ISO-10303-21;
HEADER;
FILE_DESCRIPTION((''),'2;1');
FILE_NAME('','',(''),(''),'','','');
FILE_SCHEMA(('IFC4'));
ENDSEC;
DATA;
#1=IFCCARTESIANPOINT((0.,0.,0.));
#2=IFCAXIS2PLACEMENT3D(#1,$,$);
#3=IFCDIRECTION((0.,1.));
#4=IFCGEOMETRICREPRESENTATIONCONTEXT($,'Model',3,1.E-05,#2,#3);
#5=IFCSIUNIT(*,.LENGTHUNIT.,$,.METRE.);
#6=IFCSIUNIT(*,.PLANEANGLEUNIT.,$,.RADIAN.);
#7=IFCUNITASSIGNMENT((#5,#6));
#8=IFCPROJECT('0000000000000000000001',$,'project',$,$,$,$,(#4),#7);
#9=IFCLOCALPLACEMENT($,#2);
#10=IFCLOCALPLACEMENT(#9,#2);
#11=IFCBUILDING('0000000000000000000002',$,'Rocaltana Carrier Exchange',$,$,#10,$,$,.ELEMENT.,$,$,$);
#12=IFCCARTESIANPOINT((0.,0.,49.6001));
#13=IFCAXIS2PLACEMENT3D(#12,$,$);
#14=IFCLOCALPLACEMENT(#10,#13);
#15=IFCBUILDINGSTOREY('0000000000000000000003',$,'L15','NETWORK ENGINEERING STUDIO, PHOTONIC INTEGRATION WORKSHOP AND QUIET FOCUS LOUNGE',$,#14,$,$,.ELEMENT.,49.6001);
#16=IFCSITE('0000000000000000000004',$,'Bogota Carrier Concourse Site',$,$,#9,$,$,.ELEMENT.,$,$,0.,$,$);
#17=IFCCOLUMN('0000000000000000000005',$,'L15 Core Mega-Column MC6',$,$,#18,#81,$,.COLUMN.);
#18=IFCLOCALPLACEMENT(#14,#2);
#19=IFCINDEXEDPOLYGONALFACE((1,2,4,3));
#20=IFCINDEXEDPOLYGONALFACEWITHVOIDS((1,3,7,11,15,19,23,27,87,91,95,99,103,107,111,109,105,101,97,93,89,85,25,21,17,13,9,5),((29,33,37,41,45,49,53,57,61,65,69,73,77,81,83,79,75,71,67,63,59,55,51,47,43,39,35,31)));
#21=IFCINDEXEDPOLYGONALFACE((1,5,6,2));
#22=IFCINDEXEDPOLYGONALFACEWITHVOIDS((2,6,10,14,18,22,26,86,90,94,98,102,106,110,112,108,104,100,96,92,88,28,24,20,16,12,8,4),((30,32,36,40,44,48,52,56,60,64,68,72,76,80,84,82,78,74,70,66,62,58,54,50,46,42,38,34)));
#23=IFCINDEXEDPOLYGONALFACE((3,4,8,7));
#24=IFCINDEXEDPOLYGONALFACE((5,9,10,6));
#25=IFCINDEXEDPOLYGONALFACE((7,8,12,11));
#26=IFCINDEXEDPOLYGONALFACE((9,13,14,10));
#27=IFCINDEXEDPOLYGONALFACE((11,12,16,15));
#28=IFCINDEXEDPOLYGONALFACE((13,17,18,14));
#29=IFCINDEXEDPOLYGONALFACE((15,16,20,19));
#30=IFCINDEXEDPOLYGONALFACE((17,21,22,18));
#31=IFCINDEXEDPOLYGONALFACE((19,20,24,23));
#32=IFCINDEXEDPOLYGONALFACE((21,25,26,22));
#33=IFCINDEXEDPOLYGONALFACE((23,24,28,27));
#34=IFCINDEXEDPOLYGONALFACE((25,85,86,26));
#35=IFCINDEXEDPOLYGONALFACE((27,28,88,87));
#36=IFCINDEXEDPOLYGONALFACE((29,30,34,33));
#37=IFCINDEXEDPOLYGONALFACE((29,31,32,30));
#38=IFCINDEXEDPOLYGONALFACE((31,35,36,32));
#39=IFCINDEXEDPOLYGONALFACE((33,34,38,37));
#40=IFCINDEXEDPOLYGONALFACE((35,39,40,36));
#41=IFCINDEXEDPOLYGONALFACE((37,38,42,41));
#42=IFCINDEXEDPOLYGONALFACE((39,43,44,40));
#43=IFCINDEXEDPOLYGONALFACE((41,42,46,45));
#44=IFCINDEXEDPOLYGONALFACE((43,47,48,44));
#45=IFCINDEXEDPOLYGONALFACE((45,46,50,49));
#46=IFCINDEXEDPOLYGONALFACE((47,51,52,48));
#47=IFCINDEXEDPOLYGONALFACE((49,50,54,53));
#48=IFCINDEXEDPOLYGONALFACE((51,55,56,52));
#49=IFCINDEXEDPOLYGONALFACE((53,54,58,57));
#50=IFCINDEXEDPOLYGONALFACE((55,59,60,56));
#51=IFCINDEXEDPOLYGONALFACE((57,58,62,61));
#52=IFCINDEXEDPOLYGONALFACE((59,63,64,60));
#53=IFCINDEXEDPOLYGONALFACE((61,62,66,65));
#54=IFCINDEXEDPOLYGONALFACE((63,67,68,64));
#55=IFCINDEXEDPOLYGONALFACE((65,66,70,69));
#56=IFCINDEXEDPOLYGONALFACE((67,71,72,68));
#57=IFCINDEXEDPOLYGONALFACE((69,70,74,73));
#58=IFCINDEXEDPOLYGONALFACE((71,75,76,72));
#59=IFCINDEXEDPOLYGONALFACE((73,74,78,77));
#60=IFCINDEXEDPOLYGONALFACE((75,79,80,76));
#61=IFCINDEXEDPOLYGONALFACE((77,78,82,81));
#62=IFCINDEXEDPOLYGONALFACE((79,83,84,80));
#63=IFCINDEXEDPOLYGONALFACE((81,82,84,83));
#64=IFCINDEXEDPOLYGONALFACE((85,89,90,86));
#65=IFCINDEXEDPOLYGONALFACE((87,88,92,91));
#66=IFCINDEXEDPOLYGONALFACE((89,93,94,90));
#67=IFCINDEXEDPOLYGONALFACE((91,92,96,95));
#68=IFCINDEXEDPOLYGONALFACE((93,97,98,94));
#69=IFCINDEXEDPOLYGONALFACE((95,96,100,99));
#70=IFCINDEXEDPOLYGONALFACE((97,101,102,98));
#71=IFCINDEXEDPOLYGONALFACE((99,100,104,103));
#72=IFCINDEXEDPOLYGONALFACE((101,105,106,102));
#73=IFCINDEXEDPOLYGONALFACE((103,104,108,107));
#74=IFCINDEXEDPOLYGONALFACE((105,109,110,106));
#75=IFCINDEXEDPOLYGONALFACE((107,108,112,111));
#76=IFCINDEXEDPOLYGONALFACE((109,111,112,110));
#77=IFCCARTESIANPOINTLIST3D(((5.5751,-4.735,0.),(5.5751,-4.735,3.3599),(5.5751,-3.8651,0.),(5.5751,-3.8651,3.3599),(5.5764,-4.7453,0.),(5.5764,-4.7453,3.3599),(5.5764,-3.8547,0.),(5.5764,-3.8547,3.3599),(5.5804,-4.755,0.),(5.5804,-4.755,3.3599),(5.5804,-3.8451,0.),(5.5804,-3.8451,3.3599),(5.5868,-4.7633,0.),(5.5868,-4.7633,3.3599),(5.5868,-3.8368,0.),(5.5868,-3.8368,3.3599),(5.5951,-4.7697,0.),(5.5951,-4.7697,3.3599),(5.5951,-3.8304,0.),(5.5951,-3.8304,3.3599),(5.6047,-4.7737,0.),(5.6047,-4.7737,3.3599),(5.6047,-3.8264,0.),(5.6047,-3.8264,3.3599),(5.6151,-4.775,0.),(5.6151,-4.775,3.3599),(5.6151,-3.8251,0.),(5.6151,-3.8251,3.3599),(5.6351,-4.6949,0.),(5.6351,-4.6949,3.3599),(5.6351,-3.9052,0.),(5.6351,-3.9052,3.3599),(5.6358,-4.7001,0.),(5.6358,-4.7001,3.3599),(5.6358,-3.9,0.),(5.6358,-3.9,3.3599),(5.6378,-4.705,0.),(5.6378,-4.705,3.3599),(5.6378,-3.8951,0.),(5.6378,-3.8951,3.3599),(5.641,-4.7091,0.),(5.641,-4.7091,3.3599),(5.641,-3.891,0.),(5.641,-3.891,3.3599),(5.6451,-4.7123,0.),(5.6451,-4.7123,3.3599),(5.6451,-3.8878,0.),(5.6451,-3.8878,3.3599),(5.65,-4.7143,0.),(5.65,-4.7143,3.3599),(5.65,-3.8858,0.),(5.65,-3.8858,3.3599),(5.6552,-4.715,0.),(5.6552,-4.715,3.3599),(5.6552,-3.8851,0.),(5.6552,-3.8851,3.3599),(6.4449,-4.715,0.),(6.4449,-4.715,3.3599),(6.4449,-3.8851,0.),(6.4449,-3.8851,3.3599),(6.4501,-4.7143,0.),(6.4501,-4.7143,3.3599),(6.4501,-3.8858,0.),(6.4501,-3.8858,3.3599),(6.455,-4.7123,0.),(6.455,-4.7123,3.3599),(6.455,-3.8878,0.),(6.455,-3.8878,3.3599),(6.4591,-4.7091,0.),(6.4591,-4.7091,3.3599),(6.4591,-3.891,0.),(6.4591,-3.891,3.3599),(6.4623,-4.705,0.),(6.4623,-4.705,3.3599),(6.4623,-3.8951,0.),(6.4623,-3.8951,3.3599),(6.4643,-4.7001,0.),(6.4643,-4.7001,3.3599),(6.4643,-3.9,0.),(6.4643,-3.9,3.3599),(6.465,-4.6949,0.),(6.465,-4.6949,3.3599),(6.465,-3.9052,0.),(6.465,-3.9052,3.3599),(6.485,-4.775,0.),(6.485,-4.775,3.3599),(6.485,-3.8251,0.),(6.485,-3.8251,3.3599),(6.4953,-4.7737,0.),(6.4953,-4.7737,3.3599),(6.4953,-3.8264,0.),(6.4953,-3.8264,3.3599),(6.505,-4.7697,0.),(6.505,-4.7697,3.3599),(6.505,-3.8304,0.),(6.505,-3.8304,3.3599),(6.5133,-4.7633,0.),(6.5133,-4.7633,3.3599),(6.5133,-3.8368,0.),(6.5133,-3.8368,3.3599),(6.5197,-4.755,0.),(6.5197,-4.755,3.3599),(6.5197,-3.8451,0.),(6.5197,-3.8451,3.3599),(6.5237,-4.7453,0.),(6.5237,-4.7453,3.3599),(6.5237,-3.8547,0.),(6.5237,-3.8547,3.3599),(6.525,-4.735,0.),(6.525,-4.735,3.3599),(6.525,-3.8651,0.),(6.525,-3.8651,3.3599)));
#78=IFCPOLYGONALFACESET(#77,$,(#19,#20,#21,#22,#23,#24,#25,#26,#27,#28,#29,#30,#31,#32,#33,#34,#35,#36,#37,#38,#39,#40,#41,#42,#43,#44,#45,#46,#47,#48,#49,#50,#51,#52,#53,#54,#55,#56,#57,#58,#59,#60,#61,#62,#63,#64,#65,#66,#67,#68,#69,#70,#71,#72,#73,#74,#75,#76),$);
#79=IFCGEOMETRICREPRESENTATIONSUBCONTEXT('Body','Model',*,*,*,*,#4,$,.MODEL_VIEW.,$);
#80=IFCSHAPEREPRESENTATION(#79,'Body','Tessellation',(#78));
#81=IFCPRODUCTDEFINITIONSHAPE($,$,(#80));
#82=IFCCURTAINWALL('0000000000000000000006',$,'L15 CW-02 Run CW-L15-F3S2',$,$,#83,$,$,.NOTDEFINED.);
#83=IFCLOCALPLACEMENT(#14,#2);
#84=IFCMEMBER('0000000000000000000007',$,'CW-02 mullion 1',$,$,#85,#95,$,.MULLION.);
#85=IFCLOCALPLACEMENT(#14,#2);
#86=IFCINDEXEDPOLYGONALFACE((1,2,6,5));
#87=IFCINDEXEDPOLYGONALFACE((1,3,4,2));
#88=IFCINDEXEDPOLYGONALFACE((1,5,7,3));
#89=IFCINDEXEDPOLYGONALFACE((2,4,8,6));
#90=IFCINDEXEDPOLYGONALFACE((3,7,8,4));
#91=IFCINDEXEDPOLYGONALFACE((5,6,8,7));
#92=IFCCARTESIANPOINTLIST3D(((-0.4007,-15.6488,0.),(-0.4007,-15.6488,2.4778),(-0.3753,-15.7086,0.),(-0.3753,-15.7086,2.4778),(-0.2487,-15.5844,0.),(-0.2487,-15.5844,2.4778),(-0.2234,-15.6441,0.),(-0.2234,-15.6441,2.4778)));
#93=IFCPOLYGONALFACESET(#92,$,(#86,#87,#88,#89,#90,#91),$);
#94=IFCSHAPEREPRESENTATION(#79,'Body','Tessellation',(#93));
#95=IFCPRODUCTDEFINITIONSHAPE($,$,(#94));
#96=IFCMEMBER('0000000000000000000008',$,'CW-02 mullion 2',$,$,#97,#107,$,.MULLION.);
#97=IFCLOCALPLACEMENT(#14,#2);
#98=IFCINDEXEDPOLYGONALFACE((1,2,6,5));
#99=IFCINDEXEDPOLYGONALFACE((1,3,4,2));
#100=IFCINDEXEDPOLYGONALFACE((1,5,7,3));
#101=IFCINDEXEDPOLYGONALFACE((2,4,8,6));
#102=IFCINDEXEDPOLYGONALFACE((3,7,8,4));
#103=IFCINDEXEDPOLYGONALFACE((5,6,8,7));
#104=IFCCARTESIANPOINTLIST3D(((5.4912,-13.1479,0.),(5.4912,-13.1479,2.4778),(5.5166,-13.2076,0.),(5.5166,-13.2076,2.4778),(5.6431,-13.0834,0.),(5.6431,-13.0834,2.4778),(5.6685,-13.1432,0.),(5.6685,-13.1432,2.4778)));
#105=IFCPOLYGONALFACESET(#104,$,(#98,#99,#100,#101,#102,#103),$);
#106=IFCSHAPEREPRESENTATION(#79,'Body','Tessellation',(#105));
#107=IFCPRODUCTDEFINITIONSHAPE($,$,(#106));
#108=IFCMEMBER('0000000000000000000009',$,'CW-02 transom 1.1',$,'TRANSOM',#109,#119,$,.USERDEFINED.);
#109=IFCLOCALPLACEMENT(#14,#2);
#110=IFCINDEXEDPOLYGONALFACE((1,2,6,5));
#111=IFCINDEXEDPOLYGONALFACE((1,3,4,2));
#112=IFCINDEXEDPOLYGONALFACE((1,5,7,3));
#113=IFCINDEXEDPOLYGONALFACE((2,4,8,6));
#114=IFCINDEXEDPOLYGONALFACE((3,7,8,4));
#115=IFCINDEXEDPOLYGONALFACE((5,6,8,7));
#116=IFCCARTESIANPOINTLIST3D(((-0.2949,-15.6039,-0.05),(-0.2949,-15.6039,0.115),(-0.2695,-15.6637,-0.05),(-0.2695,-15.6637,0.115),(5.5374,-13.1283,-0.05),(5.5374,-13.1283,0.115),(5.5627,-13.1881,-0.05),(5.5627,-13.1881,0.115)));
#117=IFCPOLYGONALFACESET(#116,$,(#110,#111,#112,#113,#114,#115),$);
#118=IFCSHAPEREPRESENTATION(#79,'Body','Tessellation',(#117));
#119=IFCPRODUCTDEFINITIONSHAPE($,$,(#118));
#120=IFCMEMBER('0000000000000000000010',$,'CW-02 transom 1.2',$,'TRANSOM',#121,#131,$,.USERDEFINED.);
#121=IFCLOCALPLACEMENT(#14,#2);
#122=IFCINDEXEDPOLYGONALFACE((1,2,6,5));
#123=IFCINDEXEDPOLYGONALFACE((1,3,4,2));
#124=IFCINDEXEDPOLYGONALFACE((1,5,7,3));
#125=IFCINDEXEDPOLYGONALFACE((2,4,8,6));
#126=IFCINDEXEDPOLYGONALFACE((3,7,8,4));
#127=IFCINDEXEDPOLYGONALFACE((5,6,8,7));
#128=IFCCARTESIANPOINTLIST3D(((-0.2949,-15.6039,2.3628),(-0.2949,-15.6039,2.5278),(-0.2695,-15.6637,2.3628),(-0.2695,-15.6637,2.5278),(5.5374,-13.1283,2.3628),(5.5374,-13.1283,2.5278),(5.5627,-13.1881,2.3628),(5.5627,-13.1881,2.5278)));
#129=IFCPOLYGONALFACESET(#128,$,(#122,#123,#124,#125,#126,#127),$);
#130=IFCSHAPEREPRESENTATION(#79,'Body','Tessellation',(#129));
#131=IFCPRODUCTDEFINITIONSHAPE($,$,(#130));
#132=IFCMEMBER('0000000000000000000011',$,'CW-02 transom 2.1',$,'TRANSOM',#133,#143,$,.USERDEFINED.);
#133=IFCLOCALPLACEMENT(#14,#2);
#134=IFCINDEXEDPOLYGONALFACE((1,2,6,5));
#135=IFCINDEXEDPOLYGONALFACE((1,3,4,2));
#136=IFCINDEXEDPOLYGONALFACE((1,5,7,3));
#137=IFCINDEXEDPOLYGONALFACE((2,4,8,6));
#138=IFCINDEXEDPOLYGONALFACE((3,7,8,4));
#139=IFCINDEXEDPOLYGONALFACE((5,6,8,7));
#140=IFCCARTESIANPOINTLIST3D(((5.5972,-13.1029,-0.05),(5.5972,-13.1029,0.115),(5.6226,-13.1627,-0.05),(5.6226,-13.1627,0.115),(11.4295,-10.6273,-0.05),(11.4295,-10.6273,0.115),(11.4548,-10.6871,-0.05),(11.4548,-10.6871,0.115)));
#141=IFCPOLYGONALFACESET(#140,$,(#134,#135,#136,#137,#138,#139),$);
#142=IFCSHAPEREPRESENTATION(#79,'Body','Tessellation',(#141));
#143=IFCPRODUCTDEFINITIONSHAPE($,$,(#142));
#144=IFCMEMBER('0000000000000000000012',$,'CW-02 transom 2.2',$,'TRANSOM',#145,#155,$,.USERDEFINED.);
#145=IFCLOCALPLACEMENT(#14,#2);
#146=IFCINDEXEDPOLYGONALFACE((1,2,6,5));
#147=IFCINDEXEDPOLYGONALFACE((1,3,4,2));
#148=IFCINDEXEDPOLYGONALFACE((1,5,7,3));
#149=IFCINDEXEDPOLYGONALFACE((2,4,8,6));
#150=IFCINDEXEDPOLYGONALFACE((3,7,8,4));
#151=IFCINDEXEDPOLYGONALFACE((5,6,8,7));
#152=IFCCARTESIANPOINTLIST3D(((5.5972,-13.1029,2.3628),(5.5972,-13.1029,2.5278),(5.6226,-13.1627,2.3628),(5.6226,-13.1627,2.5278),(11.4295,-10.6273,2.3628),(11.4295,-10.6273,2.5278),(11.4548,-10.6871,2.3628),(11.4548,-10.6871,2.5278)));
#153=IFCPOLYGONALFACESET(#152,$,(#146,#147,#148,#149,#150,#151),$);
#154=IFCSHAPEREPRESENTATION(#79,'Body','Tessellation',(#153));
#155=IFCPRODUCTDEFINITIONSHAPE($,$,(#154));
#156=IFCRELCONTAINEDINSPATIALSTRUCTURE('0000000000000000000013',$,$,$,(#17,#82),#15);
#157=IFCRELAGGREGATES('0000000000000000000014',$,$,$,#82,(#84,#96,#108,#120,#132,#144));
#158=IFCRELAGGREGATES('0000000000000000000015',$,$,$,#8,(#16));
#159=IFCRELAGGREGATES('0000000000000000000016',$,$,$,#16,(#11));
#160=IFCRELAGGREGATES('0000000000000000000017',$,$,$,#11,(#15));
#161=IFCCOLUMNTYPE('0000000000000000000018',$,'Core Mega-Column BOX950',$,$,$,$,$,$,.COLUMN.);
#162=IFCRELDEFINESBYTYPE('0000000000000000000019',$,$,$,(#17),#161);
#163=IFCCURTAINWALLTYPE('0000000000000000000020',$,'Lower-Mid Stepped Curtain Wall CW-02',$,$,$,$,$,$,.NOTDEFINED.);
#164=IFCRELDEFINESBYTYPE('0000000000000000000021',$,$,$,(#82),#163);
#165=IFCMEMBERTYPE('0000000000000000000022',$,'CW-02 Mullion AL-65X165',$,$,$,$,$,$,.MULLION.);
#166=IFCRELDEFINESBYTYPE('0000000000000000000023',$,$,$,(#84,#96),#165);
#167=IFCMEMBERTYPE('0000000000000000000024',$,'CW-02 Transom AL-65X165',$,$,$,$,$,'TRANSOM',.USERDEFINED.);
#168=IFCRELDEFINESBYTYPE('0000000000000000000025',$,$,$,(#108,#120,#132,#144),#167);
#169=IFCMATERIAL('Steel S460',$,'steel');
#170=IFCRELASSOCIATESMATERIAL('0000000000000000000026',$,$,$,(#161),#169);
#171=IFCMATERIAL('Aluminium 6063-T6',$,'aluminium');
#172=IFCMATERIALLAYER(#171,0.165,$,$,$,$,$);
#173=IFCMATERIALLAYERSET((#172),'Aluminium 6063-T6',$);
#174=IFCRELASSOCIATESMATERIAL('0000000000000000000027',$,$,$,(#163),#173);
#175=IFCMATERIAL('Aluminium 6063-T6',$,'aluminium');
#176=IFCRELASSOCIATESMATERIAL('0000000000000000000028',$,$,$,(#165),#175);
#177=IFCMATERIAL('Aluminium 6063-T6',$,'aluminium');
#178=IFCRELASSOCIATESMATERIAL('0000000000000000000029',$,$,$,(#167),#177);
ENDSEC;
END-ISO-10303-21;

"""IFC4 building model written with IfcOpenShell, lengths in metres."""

from ifc_helpers import new_model, si_unit, direction, frame, origin, origin_2d, place, context, subcontext, project, spatial, rectangle, hollow_rectangle, extrude, material, layer, layer_set, material_profile, profile_set, type_object, element, aggregate, save


model = new_model("IFC4")

# Units and contexts
model_context = context("Model", 3, precision=1e-05, world=origin(), true_north=direction((0.0, 1.0)))
body_context = subcontext(model_context, "Body", "Model", "MODEL_VIEW")
ifc_project = project(units=[si_unit("LENGTHUNIT", "METRE"), si_unit("PLANEANGLEUNIT", "RADIAN")], contexts=[model_context])

# Site, building, storey
site_placement = place(None, origin())
site = spatial("IfcSite", under=ifc_project, at=site_placement, Name="Bogota Carrier Concourse Site", CompositionType="ELEMENT", RefElevation=0.0)
building_placement = place(site_placement, origin())
building = spatial("IfcBuilding", under=site, at=building_placement, Name="Rocaltana Carrier Exchange", CompositionType="ELEMENT")
storey_placement = place(building_placement, frame((0.0, 0.0, 49.6001)))
storey = spatial("IfcBuildingStorey", under=building, at=storey_placement, Name="L15", Description="NETWORK ENGINEERING STUDIO, PHOTONIC INTEGRATION WORKSHOP AND QUIET FOCUS LOUNGE", CompositionType="ELEMENT", Elevation=49.6001)

# Column
ifc_material_1 = material(Name="Steel S460", Category="steel")
ifc_material_profile_1 = material_profile(ifc_material_1, hollow_rectangle(XDim=0.95, YDim=0.95, WallThickness=0.0601, InnerFilletRadius=0.02, OuterFilletRadius=0.04, at=origin_2d()), Name="BOX950X950X60")
ifc_profile_set_1 = profile_set([ifc_material_profile_1], Name="Steel S460")
column_type = type_object("IfcColumnType", Name="Core Mega-Column BOX950", PredefinedType="COLUMN", material=ifc_profile_set_1)
column_placement = place(storey_placement, frame((6.05, -4.3, 0.0), z_axis=(0.0, 0.0, 1.0), x_axis=(1.0, 0.0, 0.0)))
element("IfcColumn", 1, at=column_placement, inside=storey, type_object=column_type, Name="L15 Core Mega-Column MC6", PredefinedType="COLUMN", context=body_context, shape_type="SweptSolid", body=[
    extrude(hollow_rectangle(XDim=0.95, YDim=0.95, WallThickness=0.0601, InnerFilletRadius=0.02, OuterFilletRadius=0.04, at=origin_2d()), origin(), (0.0, 0.0, 1.0), 3.3599),
])

# Curtain wall, members
ifc_material_2 = material(Name="Aluminium 6063-T6", Category="aluminium")
ifc_layer_1 = layer(ifc_material_2, 0.165)
ifc_layer_set_1 = layer_set([ifc_layer_1], Name="Aluminium 6063-T6")
curtain_wall_type = type_object("IfcCurtainWallType", Name="Lower-Mid Stepped Curtain Wall CW-02", PredefinedType="NOTDEFINED", material=ifc_layer_set_1)
curtain_wall_placement = place(storey_placement, origin())
curtain_wall = element("IfcCurtainWall", 2, at=curtain_wall_placement, inside=storey, type_object=curtain_wall_type, Name="L15 CW-02 Run CW-L15-F3S2", PredefinedType="NOTDEFINED")
ifc_material_3 = material(Name="Aluminium 6063-T6", Category="aluminium")
ifc_material_profile_2 = material_profile(ifc_material_3, rectangle(XDim=0.0649, YDim=0.165, at=origin_2d()), Name="AL-65X165")
ifc_profile_set_2 = profile_set([ifc_material_profile_2], Name="Aluminium 6063-T6")
member_type_1 = type_object("IfcMemberType", Name="CW-02 Mullion AL-65X165", PredefinedType="MULLION", material=ifc_profile_set_2)
member_1_placement = place(storey_placement, frame((-0.312, -15.6465, 0.0), z_axis=(0.0, 0.0, 1.0), x_axis=(-0.390729, 0.920506, 0.0)))
member_1 = element("IfcMember", 3, at=member_1_placement, type_object=member_type_1, Name="CW-02 mullion 1", PredefinedType="MULLION", context=body_context, shape_type="SweptSolid", body=[
    extrude(rectangle(XDim=0.0649, YDim=0.165, at=origin_2d()), origin(), (0.0, 0.0, 1.0), 2.4778),
])
member_2_placement = place(storey_placement, frame((5.5798, -13.1455, 0.0), z_axis=(0.0, 0.0, 1.0), x_axis=(-0.390729, 0.920506, 0.0)))
member_2 = element("IfcMember", 4, at=member_2_placement, type_object=member_type_1, Name="CW-02 mullion 2", PredefinedType="MULLION", context=body_context, shape_type="SweptSolid", body=[
    extrude(rectangle(XDim=0.0649, YDim=0.165, at=origin_2d()), origin(), (0.0, 0.0, 1.0), 2.4778),
])
ifc_material_4 = material(Name="Aluminium 6063-T6", Category="aluminium")
ifc_material_profile_3 = material_profile(ifc_material_4, rectangle(XDim=0.0649, YDim=0.165, at=origin_2d()), Name="AL-65X165")
ifc_profile_set_3 = profile_set([ifc_material_profile_3], Name="Aluminium 6063-T6")
member_type_2 = type_object("IfcMemberType", Name="CW-02 Transom AL-65X165", ElementType="TRANSOM", PredefinedType="USERDEFINED", material=ifc_profile_set_3)
member_3_placement = place(storey_placement, frame((-0.2822, -15.6338, 0.0325), z_axis=(0.920509, 0.390722, 0.0), x_axis=(-0.390722, 0.920509, 0.0)))
member_3 = element("IfcMember", 5, at=member_3_placement, type_object=member_type_2, Name="CW-02 transom 1.1", ObjectType="TRANSOM", PredefinedType="USERDEFINED", context=body_context, shape_type="SweptSolid", body=[
    extrude(rectangle(XDim=0.0649, YDim=0.165, at=origin_2d()), origin(), (0.0, 0.0, 1.0), 6.3359),
])
member_4_placement = place(storey_placement, frame((-0.2822, -15.6338, 2.4453), z_axis=(0.920509, 0.390722, 0.0), x_axis=(-0.390722, 0.920509, 0.0)))
member_4 = element("IfcMember", 6, at=member_4_placement, type_object=member_type_2, Name="CW-02 transom 1.2", ObjectType="TRANSOM", PredefinedType="USERDEFINED", context=body_context, shape_type="SweptSolid", body=[
    extrude(rectangle(XDim=0.0649, YDim=0.165, at=origin_2d()), origin(), (0.0, 0.0, 1.0), 6.3359),
])
member_5_placement = place(storey_placement, frame((5.6099, -13.1328, 0.0325), z_axis=(0.920509, 0.390722, 0.0), x_axis=(-0.390722, 0.920509, 0.0)))
member_5 = element("IfcMember", 7, at=member_5_placement, type_object=member_type_2, Name="CW-02 transom 2.1", ObjectType="TRANSOM", PredefinedType="USERDEFINED", context=body_context, shape_type="SweptSolid", body=[
    extrude(rectangle(XDim=0.0649, YDim=0.165, at=origin_2d()), origin(), (0.0, 0.0, 1.0), 6.3359),
])
member_6_placement = place(storey_placement, frame((5.6099, -13.1328, 2.4453), z_axis=(0.920509, 0.390722, 0.0), x_axis=(-0.390722, 0.920509, 0.0)))
member_6 = element("IfcMember", 8, at=member_6_placement, type_object=member_type_2, Name="CW-02 transom 2.2", ObjectType="TRANSOM", PredefinedType="USERDEFINED", context=body_context, shape_type="SweptSolid", body=[
    extrude(rectangle(XDim=0.0649, YDim=0.165, at=origin_2d()), origin(), (0.0, 0.0, 1.0), 6.3359),
])

aggregate(curtain_wall, [member_1, member_2, member_3, member_4, member_5, member_6])

save(model, "model.ifc")
